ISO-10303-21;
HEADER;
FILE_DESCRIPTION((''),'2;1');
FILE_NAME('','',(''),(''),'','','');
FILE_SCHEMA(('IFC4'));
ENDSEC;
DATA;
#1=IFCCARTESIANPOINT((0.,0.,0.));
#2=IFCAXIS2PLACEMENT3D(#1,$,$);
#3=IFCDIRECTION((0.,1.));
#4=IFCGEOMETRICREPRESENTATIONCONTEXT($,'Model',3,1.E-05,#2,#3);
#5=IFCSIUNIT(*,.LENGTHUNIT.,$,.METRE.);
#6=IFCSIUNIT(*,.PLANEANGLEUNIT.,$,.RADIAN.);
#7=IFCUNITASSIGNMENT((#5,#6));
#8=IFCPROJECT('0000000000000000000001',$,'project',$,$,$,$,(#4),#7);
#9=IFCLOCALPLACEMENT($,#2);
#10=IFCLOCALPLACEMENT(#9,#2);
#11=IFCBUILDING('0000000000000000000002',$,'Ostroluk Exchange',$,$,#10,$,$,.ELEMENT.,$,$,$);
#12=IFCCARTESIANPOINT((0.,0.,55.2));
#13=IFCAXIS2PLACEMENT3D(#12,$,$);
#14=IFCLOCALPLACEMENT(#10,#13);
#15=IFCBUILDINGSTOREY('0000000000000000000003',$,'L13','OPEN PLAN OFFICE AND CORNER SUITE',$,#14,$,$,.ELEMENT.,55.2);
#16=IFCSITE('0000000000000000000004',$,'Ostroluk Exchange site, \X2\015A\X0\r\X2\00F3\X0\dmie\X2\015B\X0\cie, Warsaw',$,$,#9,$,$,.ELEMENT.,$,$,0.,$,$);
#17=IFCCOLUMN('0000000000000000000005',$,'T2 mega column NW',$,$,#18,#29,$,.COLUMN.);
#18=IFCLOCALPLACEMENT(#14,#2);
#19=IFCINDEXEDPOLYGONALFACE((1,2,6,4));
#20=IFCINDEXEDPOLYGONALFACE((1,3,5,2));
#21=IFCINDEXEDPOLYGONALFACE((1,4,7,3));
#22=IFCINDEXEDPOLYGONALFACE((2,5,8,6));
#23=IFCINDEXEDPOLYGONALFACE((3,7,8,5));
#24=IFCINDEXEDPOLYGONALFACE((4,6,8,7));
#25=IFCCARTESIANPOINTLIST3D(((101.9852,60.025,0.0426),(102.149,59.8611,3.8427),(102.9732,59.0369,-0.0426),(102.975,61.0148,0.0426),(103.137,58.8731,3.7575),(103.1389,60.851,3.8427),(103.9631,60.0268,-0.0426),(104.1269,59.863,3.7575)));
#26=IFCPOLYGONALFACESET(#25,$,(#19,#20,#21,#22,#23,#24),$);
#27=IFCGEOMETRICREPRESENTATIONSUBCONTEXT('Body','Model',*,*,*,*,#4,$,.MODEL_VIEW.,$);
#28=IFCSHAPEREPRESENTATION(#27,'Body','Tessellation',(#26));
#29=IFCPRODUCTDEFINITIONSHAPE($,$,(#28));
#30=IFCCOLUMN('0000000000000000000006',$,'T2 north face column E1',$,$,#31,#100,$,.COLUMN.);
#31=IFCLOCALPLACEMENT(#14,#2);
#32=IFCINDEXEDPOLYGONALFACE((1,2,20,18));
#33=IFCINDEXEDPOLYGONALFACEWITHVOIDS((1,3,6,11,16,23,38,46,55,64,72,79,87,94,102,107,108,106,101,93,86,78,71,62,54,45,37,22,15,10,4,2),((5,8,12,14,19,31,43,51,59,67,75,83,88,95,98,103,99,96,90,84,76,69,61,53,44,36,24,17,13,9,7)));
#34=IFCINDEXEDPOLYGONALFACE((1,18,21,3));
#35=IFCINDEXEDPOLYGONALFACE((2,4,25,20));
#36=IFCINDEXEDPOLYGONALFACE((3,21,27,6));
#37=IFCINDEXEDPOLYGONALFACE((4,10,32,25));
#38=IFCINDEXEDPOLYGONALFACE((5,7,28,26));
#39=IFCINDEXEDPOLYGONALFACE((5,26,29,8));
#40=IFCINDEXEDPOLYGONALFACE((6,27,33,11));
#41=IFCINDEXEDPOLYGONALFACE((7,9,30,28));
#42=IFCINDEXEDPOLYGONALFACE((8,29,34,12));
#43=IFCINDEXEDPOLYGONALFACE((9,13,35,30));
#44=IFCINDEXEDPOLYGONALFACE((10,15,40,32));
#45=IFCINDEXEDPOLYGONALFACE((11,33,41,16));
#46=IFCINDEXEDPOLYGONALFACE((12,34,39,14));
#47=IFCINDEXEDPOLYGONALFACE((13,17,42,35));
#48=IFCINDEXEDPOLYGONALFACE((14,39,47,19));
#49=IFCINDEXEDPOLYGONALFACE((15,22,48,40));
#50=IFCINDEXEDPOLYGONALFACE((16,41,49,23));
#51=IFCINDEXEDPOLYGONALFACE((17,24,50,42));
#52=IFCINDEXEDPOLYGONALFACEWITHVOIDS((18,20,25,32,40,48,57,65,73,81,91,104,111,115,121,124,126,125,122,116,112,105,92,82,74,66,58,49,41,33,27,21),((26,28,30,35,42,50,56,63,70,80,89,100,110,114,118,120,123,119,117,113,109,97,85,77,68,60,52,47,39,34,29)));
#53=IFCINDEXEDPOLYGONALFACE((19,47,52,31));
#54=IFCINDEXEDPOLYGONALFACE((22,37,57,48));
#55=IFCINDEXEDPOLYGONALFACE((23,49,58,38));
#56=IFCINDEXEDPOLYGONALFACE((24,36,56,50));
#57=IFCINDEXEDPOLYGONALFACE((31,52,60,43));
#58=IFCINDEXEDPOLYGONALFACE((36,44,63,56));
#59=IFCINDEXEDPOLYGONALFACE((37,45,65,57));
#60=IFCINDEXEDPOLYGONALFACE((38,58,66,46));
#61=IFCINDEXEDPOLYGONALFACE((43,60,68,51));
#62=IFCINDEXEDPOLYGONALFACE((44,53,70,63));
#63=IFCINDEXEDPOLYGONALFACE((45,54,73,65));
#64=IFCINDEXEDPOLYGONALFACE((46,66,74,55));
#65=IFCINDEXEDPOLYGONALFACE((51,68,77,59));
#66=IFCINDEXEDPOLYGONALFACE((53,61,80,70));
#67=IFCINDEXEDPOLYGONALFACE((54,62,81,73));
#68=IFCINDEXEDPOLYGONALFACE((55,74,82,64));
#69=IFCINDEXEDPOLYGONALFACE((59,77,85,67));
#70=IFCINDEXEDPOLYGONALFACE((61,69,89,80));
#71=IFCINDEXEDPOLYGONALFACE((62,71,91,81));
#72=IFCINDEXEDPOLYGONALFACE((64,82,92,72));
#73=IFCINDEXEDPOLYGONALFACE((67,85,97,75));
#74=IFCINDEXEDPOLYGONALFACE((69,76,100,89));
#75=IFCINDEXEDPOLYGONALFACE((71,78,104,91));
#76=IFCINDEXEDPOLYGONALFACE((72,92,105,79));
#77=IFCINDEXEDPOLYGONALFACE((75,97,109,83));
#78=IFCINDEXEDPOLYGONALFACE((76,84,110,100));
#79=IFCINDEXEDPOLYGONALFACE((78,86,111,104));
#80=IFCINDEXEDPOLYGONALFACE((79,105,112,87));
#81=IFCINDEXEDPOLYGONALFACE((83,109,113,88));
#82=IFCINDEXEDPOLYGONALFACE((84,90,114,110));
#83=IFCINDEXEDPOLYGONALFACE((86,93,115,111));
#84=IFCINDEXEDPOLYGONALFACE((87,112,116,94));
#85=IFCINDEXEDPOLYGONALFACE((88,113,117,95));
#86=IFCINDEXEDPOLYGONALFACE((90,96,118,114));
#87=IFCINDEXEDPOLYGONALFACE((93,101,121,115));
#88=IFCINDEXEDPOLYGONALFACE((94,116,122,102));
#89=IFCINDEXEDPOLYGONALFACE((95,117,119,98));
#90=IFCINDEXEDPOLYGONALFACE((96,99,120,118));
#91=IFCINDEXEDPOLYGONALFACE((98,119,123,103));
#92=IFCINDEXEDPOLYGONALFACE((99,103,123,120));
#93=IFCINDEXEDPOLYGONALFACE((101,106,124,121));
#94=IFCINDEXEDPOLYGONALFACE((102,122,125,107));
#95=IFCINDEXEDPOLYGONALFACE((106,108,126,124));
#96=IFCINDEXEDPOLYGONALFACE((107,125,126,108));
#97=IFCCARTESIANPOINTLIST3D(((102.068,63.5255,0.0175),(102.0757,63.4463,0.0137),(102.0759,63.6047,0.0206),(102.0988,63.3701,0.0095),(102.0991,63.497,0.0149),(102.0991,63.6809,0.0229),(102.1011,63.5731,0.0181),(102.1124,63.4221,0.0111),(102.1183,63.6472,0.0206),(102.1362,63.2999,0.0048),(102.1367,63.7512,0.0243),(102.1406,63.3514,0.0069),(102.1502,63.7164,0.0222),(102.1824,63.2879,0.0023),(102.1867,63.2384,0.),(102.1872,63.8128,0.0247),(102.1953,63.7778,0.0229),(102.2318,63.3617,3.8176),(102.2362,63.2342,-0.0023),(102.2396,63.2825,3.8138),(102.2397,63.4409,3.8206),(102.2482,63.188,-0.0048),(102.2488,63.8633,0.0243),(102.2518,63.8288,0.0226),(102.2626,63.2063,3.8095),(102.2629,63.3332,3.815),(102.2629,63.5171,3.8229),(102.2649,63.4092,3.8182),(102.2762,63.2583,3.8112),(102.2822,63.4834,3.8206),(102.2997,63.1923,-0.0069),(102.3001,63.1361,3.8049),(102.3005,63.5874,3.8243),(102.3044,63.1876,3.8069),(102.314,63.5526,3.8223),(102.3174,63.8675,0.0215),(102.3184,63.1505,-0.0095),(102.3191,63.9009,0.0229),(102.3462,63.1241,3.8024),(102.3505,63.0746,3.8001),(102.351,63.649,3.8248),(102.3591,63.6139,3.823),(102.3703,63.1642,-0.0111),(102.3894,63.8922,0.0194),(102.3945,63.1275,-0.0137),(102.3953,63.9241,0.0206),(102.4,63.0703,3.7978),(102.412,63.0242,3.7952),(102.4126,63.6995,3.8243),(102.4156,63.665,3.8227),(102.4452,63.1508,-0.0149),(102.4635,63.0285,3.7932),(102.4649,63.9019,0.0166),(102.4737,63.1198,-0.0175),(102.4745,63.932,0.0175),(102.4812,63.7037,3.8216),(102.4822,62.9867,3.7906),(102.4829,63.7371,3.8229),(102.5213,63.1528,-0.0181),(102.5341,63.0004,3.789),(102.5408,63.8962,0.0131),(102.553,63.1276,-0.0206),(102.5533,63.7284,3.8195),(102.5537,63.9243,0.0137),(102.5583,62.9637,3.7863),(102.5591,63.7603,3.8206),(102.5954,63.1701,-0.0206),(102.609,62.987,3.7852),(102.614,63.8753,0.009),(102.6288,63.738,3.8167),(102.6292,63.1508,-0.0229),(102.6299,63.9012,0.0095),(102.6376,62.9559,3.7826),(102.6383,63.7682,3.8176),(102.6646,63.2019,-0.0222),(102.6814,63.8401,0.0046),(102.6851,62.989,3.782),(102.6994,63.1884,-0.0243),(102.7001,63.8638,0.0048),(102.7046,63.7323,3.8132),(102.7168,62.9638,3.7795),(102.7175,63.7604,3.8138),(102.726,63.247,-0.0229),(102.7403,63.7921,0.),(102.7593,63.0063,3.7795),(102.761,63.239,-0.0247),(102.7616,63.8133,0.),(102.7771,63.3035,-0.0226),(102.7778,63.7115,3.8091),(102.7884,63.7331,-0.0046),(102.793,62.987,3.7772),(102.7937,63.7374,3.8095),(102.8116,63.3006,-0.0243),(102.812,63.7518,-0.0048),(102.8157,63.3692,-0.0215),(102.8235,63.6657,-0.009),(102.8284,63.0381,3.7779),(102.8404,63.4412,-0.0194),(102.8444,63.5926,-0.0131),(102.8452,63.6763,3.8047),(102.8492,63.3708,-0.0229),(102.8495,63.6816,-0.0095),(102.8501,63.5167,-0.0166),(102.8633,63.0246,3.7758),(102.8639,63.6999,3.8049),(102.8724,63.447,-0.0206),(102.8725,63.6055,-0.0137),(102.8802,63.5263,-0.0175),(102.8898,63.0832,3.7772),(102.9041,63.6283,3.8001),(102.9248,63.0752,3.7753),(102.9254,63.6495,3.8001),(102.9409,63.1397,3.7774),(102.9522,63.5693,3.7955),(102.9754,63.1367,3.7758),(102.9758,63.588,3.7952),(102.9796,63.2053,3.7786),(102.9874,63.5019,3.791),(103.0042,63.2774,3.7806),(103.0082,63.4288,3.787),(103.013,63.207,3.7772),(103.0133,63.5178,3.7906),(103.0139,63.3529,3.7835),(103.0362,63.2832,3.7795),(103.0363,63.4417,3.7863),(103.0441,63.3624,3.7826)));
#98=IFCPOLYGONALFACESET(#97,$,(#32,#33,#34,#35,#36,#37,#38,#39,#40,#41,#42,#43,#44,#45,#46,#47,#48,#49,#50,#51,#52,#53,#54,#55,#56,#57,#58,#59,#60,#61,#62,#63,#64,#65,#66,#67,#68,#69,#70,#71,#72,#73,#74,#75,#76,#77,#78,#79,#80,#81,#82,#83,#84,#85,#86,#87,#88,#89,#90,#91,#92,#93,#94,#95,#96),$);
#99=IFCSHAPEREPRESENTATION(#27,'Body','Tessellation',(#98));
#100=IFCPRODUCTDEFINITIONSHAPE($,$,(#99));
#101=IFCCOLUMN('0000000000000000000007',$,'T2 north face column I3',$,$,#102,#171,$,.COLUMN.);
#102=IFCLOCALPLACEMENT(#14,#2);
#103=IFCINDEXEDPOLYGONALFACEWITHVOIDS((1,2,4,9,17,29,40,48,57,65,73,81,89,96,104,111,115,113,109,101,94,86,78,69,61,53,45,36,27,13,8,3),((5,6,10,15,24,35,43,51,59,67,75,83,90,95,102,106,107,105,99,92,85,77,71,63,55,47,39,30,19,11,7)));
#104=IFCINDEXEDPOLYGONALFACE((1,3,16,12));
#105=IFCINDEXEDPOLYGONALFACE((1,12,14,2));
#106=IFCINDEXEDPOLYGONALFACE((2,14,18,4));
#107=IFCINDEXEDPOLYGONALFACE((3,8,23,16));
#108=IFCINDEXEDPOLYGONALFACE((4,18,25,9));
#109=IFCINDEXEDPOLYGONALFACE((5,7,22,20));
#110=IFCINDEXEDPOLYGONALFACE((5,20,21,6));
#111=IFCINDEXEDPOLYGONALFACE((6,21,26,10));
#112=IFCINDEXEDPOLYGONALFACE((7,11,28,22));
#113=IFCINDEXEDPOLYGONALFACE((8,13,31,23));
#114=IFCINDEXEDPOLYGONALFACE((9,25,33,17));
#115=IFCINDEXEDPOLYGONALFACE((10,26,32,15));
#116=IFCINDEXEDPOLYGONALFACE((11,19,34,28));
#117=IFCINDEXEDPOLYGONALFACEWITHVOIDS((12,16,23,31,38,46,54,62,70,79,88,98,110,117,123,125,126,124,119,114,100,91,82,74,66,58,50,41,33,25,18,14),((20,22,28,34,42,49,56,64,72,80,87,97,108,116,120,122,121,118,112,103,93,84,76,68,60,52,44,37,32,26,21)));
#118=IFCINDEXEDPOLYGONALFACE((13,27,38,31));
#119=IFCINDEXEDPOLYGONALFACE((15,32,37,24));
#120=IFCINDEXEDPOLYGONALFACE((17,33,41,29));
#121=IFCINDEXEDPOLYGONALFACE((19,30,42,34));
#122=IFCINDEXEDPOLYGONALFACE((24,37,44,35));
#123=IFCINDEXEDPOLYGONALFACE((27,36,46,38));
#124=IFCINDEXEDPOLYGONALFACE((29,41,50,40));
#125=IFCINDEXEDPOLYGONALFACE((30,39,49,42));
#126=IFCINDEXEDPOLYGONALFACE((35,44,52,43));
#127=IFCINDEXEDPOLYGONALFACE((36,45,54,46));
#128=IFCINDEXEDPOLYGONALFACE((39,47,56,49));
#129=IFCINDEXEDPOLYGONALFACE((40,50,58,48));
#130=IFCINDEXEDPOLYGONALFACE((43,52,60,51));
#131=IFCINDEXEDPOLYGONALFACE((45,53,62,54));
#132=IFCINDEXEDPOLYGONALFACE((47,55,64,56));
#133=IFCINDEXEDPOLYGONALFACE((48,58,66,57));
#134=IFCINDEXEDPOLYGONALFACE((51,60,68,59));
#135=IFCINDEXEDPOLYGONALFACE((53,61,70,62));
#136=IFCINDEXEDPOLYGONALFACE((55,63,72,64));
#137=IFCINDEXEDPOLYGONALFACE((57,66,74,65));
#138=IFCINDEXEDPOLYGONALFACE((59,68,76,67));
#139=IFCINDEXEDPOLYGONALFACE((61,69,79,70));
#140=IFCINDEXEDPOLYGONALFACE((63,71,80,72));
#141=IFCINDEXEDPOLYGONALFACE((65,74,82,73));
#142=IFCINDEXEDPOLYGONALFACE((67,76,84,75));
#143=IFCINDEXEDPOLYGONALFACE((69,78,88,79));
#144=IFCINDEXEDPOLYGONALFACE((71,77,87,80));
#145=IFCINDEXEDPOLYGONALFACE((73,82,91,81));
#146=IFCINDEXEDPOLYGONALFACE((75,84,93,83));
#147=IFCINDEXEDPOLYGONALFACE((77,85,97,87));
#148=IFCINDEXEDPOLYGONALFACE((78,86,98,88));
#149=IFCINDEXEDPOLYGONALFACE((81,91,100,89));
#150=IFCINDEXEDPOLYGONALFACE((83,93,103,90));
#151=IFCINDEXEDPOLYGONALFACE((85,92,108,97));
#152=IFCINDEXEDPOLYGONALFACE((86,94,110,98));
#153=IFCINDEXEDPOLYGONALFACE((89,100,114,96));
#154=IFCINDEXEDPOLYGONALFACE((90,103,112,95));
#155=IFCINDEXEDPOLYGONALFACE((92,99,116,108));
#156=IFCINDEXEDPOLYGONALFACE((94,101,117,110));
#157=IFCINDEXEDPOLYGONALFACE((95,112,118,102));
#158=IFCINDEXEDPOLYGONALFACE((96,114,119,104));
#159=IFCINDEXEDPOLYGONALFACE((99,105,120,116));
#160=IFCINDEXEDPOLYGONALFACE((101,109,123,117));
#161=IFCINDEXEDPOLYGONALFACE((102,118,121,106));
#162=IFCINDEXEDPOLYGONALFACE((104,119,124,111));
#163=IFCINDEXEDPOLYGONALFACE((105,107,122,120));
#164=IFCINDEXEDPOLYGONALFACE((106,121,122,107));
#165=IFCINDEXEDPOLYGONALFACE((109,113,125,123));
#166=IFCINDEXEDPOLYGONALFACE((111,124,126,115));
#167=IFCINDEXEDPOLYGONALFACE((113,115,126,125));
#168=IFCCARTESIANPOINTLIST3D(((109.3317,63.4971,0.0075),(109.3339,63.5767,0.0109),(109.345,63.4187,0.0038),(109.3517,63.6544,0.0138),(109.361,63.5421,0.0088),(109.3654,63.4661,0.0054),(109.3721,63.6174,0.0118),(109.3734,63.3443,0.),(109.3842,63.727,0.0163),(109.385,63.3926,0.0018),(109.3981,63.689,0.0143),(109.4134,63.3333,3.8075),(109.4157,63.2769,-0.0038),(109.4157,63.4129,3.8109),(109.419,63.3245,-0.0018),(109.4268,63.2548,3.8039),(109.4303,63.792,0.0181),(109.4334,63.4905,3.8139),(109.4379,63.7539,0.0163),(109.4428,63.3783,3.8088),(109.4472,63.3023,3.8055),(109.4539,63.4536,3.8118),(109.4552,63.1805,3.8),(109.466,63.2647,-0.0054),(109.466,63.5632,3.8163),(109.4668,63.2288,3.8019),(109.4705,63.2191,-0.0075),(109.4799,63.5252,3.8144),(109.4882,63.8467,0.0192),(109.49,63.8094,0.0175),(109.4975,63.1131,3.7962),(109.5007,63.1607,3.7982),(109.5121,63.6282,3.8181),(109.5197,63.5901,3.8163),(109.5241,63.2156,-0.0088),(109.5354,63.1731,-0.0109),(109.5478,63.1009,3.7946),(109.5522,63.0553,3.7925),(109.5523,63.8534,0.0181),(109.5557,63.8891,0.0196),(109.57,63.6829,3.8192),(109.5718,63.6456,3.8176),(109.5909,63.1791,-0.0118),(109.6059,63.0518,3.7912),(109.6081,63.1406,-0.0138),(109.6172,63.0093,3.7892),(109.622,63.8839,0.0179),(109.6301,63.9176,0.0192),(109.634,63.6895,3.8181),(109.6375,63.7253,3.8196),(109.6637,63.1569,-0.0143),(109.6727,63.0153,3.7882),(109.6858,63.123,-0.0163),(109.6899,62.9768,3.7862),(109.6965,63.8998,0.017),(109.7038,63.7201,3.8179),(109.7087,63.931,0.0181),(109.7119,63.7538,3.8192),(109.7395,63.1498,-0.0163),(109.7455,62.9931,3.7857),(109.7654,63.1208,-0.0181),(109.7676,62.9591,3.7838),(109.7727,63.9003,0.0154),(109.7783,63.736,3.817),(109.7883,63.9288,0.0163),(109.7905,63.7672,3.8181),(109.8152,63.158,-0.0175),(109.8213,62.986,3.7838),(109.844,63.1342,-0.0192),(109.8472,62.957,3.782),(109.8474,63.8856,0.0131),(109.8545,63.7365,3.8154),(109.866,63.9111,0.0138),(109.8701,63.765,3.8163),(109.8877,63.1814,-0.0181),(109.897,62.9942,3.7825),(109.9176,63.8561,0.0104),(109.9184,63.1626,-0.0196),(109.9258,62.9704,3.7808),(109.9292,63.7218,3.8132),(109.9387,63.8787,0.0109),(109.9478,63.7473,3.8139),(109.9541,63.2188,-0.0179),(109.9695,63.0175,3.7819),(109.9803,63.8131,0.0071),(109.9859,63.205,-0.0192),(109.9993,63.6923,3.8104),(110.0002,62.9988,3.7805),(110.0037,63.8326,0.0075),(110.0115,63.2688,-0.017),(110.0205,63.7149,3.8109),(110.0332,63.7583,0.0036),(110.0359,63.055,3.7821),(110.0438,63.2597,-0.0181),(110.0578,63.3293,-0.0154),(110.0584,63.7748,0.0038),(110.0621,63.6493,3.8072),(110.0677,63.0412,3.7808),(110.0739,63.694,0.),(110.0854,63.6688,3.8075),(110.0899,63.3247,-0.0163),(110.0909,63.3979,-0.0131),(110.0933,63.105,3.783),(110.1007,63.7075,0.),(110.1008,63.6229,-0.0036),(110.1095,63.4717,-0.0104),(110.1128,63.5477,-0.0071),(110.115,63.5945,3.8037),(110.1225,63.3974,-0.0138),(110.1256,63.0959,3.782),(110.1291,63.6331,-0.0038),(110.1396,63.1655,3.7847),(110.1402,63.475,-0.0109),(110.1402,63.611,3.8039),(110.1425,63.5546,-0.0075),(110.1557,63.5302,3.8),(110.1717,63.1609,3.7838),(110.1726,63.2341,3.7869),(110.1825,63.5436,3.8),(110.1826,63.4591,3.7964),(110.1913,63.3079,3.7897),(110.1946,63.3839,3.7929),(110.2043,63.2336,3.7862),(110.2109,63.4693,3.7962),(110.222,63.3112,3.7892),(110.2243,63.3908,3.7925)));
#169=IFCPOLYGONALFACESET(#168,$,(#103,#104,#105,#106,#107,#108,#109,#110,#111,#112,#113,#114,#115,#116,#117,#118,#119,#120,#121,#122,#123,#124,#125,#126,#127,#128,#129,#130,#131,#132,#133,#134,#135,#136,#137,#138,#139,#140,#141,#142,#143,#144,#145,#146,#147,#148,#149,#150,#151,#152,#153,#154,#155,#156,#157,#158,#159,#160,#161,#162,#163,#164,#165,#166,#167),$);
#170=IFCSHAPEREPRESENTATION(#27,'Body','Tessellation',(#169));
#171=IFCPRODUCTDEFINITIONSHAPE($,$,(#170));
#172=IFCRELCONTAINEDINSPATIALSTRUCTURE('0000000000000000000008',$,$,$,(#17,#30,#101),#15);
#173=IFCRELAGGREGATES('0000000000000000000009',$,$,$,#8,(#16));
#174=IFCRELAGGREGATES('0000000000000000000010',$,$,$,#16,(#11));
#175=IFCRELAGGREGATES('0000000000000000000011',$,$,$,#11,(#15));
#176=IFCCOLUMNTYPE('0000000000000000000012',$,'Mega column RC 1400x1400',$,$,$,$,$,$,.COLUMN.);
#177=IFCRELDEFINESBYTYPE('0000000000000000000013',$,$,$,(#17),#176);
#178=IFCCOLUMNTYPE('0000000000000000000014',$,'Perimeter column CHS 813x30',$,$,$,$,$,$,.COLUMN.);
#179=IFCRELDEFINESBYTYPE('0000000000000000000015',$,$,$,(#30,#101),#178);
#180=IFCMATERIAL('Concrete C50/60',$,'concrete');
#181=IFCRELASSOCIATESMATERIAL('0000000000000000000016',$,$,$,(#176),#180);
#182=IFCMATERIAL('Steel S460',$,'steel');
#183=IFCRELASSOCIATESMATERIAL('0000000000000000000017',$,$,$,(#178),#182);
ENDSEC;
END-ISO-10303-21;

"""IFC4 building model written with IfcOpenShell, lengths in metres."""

from ifc_helpers import new_model, si_unit, direction, frame, origin, origin_2d, place, context, subcontext, project, spatial, rectangle, hollow_circle, extrude, material, material_profile, profile_set, type_object, element, save


model = new_model("IFC4")

# Units and contexts
model_context = context("Model", 3, precision=1e-05, world=origin(), true_north=direction((0.0, 1.0)))
body_context = subcontext(model_context, "Body", "Model", "MODEL_VIEW")
ifc_project = project(units=[si_unit("LENGTHUNIT", "METRE"), si_unit("PLANEANGLEUNIT", "RADIAN")], contexts=[model_context])

# Site, building, storey
site_placement = place(None, origin())
site = spatial("IfcSite", under=ifc_project, at=site_placement, Name="Ostroluk Exchange site, Śródmieście, Warsaw", CompositionType="ELEMENT", RefElevation=0.0)
building_placement = place(site_placement, origin())
building = spatial("IfcBuilding", under=site, at=building_placement, Name="Ostroluk Exchange", CompositionType="ELEMENT")
storey_placement = place(building_placement, frame((0.0, 0.0, 55.2)))
storey = spatial("IfcBuildingStorey", under=building, at=storey_placement, Name="L13", Description="OPEN PLAN OFFICE AND CORNER SUITE", CompositionType="ELEMENT", Elevation=55.2)

# Columns
ifc_material_1 = material(Name="Concrete C50/60", Category="concrete")
ifc_material_profile_1 = material_profile(ifc_material_1, rectangle(XDim=1.3999, YDim=1.3999, at=origin_2d()), Name="RC 1400x1400")
ifc_profile_set_1 = profile_set([ifc_material_profile_1], Name="Concrete C50/60")
column_type_1 = type_object("IfcColumnType", Name="Mega column RC 1400x1400", PredefinedType="COLUMN", material=ifc_profile_set_1)
column_1_placement = place(storey_placement, frame((102.9741, 60.0259, 0.0), z_axis=(0.04303, -0.04303, 0.998147), x_axis=(0.707107, 0.707107, 0.0)))
element("IfcColumn", 1, at=column_1_placement, inside=storey, type_object=column_type_1, Name="T2 mega column NW", PredefinedType="COLUMN", context=body_context, shape_type="SweptSolid", body=[
    extrude(rectangle(XDim=1.3999, YDim=1.3999, at=origin_2d()), origin(), (0.0, 0.0, 1.0), 3.8071),
])
ifc_material_2 = material(Name="Steel S460", Category="steel")
ifc_material_profile_2 = material_profile(ifc_material_2, hollow_circle(Radius=0.4065, WallThickness=0.03, at=origin_2d()), Name="CHS 813x30")
ifc_profile_set_2 = profile_set([ifc_material_profile_2], Name="Steel S460")
column_type_2 = type_object("IfcColumnType", Name="Perimeter column CHS 813x30", PredefinedType="COLUMN", material=ifc_profile_set_2)
column_2_placement = place(storey_placement, frame((102.4741, 63.5259, 0.0), z_axis=(0.04303, -0.04303, 0.998147), x_axis=(0.707107, 0.707107, 0.0)))
element("IfcColumn", 2, at=column_2_placement, inside=storey, type_object=column_type_2, Name="T2 north face column E1", PredefinedType="COLUMN", context=body_context, shape_type="SweptSolid", body=[
    extrude(hollow_circle(Radius=0.4065, WallThickness=0.03, at=origin_2d()), origin(), (0.0, 0.0, 1.0), 3.8071),
])
column_3_placement = place(storey_placement, frame((109.7371, 63.5259, 0.0), z_axis=(0.021498, -0.04306, 0.998841), x_axis=(0.894694, 0.44668, 0.0)))
element("IfcColumn", 3, at=column_3_placement, inside=storey, type_object=column_type_2, Name="T2 north face column I3", PredefinedType="COLUMN", context=body_context, shape_type="SweptSolid", body=[
    extrude(hollow_circle(Radius=0.4065, WallThickness=0.03, at=origin_2d()), origin(), (0.0, 0.0, 1.0), 3.8044),
])

save(model, "model.ifc")
